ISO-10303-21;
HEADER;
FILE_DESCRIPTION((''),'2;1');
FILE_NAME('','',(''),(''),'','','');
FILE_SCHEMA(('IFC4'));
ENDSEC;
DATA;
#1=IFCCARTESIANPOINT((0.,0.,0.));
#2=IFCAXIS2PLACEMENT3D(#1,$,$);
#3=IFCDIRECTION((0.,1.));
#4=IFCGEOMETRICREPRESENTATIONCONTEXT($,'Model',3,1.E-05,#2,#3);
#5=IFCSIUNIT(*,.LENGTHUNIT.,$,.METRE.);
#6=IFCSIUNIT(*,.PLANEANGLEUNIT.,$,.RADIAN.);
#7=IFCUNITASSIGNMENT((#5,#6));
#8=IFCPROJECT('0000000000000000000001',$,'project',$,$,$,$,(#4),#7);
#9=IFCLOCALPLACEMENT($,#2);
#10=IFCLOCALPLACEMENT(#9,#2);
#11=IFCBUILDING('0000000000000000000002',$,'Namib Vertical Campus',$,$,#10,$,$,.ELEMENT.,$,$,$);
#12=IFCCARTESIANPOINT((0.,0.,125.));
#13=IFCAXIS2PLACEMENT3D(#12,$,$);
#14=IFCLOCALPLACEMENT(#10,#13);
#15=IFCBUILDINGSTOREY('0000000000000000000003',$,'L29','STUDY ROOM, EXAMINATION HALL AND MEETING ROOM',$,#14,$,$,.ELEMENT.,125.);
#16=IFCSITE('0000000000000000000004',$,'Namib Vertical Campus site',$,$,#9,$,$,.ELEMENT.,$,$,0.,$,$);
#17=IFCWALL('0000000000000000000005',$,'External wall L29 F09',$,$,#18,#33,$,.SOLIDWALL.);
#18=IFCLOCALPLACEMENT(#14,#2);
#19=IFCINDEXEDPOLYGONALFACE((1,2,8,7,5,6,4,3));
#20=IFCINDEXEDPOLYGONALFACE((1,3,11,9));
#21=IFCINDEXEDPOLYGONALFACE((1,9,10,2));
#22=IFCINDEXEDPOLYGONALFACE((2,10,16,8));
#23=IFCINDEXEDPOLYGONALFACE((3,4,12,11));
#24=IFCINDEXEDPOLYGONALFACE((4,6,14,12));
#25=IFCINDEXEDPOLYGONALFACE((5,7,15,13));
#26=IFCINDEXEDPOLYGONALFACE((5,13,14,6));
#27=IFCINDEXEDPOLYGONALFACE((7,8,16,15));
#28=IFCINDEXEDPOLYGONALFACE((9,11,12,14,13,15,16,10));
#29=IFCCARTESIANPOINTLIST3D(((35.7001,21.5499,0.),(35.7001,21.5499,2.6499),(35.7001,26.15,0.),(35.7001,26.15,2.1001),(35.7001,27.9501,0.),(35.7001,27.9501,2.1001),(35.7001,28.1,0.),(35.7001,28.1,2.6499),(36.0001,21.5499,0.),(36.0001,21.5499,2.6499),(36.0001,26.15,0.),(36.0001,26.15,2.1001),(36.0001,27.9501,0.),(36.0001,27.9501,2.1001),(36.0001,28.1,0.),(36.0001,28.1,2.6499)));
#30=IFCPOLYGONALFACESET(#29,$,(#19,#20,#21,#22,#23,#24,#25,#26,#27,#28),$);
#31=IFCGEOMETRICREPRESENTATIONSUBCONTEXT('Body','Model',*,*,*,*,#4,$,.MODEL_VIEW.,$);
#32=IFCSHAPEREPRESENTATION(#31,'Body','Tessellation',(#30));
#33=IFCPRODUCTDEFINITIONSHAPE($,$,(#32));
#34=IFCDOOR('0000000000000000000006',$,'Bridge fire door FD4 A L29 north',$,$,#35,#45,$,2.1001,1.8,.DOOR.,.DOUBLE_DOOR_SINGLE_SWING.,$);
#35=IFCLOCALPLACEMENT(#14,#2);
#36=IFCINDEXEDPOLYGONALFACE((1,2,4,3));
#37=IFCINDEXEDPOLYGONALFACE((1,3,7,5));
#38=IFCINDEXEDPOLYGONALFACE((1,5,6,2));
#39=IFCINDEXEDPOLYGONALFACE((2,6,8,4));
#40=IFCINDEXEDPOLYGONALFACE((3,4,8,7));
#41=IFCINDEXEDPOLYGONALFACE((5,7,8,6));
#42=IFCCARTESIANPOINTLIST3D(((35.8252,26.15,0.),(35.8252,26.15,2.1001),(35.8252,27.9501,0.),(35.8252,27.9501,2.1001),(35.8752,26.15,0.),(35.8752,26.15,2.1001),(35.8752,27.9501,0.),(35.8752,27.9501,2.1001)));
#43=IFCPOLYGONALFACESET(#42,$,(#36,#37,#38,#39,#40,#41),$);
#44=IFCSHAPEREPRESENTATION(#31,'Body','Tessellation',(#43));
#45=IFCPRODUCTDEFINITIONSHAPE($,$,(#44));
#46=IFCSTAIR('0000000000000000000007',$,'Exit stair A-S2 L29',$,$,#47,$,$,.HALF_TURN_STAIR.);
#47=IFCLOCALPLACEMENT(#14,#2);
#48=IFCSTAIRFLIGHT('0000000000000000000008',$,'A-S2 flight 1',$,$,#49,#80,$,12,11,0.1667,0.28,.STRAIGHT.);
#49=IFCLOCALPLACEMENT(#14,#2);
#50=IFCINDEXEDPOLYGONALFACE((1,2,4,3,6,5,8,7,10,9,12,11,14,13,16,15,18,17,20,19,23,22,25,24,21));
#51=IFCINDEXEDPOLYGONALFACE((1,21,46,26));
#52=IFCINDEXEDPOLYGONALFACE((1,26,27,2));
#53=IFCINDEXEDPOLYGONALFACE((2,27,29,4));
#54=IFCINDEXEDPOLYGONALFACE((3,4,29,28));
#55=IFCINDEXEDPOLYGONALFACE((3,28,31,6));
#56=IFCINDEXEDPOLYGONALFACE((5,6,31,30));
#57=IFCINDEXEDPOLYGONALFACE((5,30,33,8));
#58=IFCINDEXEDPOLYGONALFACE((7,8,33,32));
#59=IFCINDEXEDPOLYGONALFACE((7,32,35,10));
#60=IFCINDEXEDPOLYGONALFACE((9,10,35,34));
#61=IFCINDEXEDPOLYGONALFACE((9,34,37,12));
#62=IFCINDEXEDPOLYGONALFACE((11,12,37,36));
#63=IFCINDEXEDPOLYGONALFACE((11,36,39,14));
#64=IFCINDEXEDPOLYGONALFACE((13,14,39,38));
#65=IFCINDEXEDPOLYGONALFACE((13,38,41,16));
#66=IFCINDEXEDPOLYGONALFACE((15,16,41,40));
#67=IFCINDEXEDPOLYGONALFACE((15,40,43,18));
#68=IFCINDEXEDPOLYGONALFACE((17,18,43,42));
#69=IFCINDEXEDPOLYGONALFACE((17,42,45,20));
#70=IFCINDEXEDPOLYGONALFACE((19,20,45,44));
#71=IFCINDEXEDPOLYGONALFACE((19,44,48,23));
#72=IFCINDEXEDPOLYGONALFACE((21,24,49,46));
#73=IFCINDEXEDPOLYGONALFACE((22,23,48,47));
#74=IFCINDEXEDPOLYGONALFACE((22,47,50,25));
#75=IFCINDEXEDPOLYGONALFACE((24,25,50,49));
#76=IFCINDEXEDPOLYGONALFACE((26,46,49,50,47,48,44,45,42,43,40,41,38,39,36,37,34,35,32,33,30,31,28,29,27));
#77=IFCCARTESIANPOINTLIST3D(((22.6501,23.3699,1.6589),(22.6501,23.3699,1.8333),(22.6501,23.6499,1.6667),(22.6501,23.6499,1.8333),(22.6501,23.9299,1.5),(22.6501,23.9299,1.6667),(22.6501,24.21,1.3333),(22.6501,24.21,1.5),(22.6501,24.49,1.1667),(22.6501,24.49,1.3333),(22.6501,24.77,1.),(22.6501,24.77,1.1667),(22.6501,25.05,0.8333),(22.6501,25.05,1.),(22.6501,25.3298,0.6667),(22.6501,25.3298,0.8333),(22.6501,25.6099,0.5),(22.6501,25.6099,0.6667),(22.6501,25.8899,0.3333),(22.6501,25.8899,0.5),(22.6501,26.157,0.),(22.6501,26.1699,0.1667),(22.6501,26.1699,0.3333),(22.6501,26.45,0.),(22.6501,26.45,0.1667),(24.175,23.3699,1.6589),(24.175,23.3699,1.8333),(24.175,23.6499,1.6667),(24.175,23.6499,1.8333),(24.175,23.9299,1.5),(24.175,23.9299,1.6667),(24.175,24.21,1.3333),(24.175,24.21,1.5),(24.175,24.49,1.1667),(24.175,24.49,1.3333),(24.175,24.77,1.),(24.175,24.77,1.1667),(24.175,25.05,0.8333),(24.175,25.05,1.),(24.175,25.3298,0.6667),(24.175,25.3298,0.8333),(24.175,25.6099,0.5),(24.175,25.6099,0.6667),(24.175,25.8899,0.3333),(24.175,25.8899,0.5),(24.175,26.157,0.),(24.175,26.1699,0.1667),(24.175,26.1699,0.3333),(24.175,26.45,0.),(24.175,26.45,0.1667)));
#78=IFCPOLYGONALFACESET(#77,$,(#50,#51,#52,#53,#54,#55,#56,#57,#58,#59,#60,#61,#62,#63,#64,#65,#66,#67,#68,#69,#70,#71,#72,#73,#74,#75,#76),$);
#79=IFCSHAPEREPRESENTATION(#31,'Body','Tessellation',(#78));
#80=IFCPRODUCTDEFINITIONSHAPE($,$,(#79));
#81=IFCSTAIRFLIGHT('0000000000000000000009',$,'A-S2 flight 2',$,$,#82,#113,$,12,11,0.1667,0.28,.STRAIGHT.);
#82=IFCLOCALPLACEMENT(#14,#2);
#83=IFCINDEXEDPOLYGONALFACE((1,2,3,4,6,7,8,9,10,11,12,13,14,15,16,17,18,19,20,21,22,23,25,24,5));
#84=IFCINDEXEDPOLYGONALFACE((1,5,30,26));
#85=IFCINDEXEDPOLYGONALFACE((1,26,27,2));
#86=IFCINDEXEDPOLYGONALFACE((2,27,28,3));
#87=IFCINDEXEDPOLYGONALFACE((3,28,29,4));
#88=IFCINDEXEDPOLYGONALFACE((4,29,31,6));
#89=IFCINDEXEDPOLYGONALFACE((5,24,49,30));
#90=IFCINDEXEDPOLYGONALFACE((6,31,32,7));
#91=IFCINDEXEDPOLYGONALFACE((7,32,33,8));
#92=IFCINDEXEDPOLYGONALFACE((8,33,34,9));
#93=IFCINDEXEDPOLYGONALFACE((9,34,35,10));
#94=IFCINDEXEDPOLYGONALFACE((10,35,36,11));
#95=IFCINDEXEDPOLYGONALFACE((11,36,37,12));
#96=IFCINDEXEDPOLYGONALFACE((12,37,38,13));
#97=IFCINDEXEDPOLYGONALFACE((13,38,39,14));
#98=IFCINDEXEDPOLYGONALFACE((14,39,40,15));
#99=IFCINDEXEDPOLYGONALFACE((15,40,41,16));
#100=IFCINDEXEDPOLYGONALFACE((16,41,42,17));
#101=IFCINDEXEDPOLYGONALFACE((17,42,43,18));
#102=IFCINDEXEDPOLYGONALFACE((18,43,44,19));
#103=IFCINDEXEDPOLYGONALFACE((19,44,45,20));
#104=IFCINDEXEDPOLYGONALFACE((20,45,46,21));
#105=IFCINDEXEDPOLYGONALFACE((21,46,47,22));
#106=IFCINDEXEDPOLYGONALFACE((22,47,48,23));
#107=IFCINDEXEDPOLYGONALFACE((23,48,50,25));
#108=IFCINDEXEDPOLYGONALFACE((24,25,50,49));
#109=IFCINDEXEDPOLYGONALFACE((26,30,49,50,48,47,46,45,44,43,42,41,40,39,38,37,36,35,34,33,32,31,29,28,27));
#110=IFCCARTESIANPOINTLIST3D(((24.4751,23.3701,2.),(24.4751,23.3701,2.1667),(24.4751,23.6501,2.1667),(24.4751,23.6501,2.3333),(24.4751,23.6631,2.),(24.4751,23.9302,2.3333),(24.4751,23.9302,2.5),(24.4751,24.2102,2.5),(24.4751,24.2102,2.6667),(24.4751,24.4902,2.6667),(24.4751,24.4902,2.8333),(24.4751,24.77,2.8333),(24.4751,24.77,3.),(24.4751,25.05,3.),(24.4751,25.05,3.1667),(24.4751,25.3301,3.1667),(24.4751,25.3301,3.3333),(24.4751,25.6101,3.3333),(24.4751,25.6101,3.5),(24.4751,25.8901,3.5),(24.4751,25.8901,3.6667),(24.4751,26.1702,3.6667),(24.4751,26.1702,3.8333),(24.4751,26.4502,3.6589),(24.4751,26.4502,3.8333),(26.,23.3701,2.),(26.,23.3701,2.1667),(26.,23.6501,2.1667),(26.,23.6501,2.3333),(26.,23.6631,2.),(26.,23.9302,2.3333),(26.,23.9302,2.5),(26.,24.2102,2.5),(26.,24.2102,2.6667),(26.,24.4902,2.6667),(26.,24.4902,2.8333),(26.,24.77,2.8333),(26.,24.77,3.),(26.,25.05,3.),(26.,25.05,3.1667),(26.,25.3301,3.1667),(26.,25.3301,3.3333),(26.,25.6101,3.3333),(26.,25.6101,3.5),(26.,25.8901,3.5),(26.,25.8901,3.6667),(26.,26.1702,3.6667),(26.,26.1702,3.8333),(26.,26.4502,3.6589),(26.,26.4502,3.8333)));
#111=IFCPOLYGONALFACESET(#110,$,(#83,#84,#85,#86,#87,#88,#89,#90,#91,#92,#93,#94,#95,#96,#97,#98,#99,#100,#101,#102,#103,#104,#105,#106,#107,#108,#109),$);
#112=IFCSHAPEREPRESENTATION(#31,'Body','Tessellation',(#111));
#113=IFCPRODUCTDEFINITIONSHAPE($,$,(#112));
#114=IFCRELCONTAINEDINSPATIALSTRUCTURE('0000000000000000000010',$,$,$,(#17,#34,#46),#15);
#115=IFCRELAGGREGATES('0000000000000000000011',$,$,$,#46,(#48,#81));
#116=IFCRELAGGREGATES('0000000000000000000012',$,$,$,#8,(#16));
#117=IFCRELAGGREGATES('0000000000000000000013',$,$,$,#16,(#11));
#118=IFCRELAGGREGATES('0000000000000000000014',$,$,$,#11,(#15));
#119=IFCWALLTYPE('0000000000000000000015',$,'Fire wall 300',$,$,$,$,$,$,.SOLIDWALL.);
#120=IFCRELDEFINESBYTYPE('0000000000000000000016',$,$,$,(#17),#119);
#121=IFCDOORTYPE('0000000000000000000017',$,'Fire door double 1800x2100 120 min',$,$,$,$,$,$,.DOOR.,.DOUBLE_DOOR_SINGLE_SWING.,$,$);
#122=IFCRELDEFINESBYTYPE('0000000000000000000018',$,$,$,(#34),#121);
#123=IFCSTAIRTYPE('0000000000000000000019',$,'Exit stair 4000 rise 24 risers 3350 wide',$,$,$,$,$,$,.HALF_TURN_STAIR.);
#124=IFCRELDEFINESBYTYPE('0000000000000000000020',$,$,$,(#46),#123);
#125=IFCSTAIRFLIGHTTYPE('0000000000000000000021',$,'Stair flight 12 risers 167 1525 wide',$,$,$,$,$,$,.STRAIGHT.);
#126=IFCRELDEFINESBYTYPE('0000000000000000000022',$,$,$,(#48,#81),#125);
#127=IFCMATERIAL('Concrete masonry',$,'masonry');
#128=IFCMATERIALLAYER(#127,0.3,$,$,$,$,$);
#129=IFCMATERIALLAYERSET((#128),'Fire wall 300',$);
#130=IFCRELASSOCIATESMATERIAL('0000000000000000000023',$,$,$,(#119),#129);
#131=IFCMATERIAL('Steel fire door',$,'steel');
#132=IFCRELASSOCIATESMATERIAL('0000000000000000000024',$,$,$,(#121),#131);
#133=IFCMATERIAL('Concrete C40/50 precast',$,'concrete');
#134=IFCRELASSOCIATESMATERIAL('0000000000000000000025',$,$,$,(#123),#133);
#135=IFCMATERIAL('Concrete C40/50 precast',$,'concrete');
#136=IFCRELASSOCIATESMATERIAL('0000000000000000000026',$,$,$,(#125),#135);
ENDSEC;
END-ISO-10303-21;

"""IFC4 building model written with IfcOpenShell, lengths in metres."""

from ifc_helpers import new_model, si_unit, direction, frame, frame_2d, origin, place, context, subcontext, project, spatial, polyline, rectangle, outline, extrude, material, layer, layer_set, type_object, element, fill, aggregate, save


model = new_model("IFC4")

# Units and contexts
model_context = context("Model", 3, precision=1e-05, world=origin(), true_north=direction((0.0, 1.0)))
body_context = subcontext(model_context, "Body", "Model", "MODEL_VIEW")
ifc_project = project(units=[si_unit("LENGTHUNIT", "METRE"), si_unit("PLANEANGLEUNIT", "RADIAN")], contexts=[model_context])

# Site, building, storey
site_placement = place(None, origin())
site = spatial("IfcSite", under=ifc_project, at=site_placement, Name="Namib Vertical Campus site", CompositionType="ELEMENT", RefElevation=0.0)
building_placement = place(site_placement, origin())
building = spatial("IfcBuilding", under=site, at=building_placement, Name="Namib Vertical Campus", CompositionType="ELEMENT")
storey_placement = place(building_placement, frame((0.0, 0.0, 125.0)))
storey = spatial("IfcBuildingStorey", under=building, at=storey_placement, Name="L29", Description="STUDY ROOM, EXAMINATION HALL AND MEETING ROOM", CompositionType="ELEMENT", Elevation=125.0)

# Wall, opening, door
ifc_material_1 = material(Name="Concrete masonry", Category="masonry")
ifc_layer_1 = layer(ifc_material_1, 0.3)
ifc_layer_set_1 = layer_set([ifc_layer_1], Name="Fire wall 300")
wall_type_1 = type_object("IfcWallType", Name="Fire wall 300", PredefinedType="SOLIDWALL", material=ifc_layer_set_1)
wall_1_placement = place(storey_placement, frame((35.8501, 21.55, 0.0), z_axis=(0.0, 0.0, 1.0), x_axis=(0.0, 1.0, 0.0)))
wall_1 = element("IfcWall", 1, at=wall_1_placement, inside=storey, type_object=wall_type_1, Name="External wall L29 F09", PredefinedType="SOLIDWALL", context=body_context, shape_type="SweptSolid", body=[
    extrude(rectangle(XDim=6.55, YDim=0.3, at=frame_2d((3.2749, 0.0))), origin(), (0.0, 0.0, 1.0), 2.6499),
])
opening_1_placement = place(wall_1_placement, frame((4.6001, 0.0, 0.0)))
opening_1 = element("IfcOpeningElement", 2, at=opening_1_placement, cuts=wall_1, PredefinedType="OPENING", context=body_context, shape_type="SweptSolid", body=[
    extrude(rectangle(XDim=1.8, YDim=2.1001, at=frame_2d((0.8999, 1.05))), frame((0.0, 0.1599, 0.0), z_axis=(0.0, -1.0, 0.0), x_axis=(1.0, 0.0, 0.0)), (0.0, 0.0, 1.0), 0.3201),
])
ifc_material_2 = material(Name="Steel fire door", Category="steel")
door_type_1 = type_object("IfcDoorType", Name="Fire door double 1800x2100 120 min", OperationType="DOUBLE_DOOR_SINGLE_SWING", PredefinedType="DOOR", material=ifc_material_2)
door_1_placement = place(opening_1_placement, origin())
door_1 = element("IfcDoor", 3, at=door_1_placement, inside=storey, type_object=door_type_1, Name="Bridge fire door FD4 A L29 north", OperationType="DOUBLE_DOOR_SINGLE_SWING", OverallHeight=2.1001, OverallWidth=1.8, PredefinedType="DOOR", context=body_context, shape_type="SweptSolid", body=[
    extrude(rectangle(XDim=1.8, YDim=2.1001, at=frame_2d((0.8999, 1.05))), frame((0.0, 0.0249, 0.0), z_axis=(0.0, -1.0, 0.0), x_axis=(1.0, 0.0, 0.0)), (0.0, 0.0, 1.0), 0.05),
])
fill(opening_1, door_1)

# Stair, stair flights
ifc_material_3 = material(Name="Concrete C40/50 precast", Category="concrete")
stair_type = type_object("IfcStairType", Name="Exit stair 4000 rise 24 risers 3350 wide", PredefinedType="HALF_TURN_STAIR", material=ifc_material_3)
stair_placement = place(storey_placement, origin())
stair = element("IfcStair", 4, at=stair_placement, inside=storey, type_object=stair_type, Name="Exit stair A-S2 L29", PredefinedType="HALF_TURN_STAIR")
ifc_material_4 = material(Name="Concrete C40/50 precast", Category="concrete")
stair_flight_type = type_object("IfcStairFlightType", Name="Stair flight 12 risers 167 1525 wide", PredefinedType="STRAIGHT", material=ifc_material_4)
stair_flight_1_placement = place(storey_placement, frame((23.4126, 26.45, 0.0), z_axis=(0.0, 0.0, 1.0), x_axis=(0.0, -1.0, 0.0)))
stair_flight_1 = element("IfcStairFlight", 5, at=stair_flight_1_placement, type_object=stair_flight_type, Name="A-S2 flight 1", NumberOfRisers=12, NumberOfTreads=11, PredefinedType="STRAIGHT", RiserHeight=0.1667, TreadLength=0.28, context=body_context, shape_type="SweptSolid", body=[
    extrude(outline(polyline([(0.0, 0.0), (0.0, 0.1667), (0.28, 0.1667), (0.28, 0.3333), (0.5601, 0.3333), (0.5601, 0.5), (0.8401, 0.5), (0.8401, 0.6667), (1.1201, 0.6667), (1.1201, 0.8333), (1.3999, 0.8333), (1.3999, 1.0), (1.6799, 1.0), (1.6799, 1.1667), (1.96, 1.1667), (1.96, 1.3333), (2.24, 1.3333), (2.24, 1.5), (2.52, 1.5), (2.52, 1.6667), (2.8, 1.6667), (2.8, 1.8333), (3.0801, 1.8333), (3.0801, 2.0), (3.0801, 1.6589), (0.293, 0.0), (0.0, 0.0)])), frame((0.0, 0.7625, 0.0), z_axis=(0.0, -1.0, 0.0), x_axis=(1.0, 0.0, 0.0)), (0.0, 0.0, 1.0), 1.5249),
])
stair_flight_2_placement = place(storey_placement, frame((25.2375, 23.3701, 2.0), z_axis=(0.0, 0.0, 1.0), x_axis=(0.0, 1.0, 0.0)))
stair_flight_2 = element("IfcStairFlight", 6, at=stair_flight_2_placement, type_object=stair_flight_type, Name="A-S2 flight 2", NumberOfRisers=12, NumberOfTreads=11, PredefinedType="STRAIGHT", RiserHeight=0.1667, TreadLength=0.28, context=body_context, shape_type="SweptSolid", body=[
    extrude(outline(polyline([(0.0, 0.0), (0.0, 0.1667), (0.28, 0.1667), (0.28, 0.3333), (0.5601, 0.3333), (0.5601, 0.5), (0.8401, 0.5), (0.8401, 0.6667), (1.1201, 0.6667), (1.1201, 0.8333), (1.3999, 0.8333), (1.3999, 1.0), (1.6799, 1.0), (1.6799, 1.1667), (1.96, 1.1667), (1.96, 1.3333), (2.24, 1.3333), (2.24, 1.5), (2.52, 1.5), (2.52, 1.6667), (2.8, 1.6667), (2.8, 1.8333), (3.0801, 1.8333), (3.0801, 2.0), (3.0801, 1.6589), (0.293, 0.0), (0.0, 0.0)])), frame((0.0, 0.7625, 0.0), z_axis=(0.0, -1.0, 0.0), x_axis=(1.0, 0.0, 0.0)), (0.0, 0.0, 1.0), 1.5249),
])
aggregate(stair, [stair_flight_1, stair_flight_2])

save(model, "model.ifc")
